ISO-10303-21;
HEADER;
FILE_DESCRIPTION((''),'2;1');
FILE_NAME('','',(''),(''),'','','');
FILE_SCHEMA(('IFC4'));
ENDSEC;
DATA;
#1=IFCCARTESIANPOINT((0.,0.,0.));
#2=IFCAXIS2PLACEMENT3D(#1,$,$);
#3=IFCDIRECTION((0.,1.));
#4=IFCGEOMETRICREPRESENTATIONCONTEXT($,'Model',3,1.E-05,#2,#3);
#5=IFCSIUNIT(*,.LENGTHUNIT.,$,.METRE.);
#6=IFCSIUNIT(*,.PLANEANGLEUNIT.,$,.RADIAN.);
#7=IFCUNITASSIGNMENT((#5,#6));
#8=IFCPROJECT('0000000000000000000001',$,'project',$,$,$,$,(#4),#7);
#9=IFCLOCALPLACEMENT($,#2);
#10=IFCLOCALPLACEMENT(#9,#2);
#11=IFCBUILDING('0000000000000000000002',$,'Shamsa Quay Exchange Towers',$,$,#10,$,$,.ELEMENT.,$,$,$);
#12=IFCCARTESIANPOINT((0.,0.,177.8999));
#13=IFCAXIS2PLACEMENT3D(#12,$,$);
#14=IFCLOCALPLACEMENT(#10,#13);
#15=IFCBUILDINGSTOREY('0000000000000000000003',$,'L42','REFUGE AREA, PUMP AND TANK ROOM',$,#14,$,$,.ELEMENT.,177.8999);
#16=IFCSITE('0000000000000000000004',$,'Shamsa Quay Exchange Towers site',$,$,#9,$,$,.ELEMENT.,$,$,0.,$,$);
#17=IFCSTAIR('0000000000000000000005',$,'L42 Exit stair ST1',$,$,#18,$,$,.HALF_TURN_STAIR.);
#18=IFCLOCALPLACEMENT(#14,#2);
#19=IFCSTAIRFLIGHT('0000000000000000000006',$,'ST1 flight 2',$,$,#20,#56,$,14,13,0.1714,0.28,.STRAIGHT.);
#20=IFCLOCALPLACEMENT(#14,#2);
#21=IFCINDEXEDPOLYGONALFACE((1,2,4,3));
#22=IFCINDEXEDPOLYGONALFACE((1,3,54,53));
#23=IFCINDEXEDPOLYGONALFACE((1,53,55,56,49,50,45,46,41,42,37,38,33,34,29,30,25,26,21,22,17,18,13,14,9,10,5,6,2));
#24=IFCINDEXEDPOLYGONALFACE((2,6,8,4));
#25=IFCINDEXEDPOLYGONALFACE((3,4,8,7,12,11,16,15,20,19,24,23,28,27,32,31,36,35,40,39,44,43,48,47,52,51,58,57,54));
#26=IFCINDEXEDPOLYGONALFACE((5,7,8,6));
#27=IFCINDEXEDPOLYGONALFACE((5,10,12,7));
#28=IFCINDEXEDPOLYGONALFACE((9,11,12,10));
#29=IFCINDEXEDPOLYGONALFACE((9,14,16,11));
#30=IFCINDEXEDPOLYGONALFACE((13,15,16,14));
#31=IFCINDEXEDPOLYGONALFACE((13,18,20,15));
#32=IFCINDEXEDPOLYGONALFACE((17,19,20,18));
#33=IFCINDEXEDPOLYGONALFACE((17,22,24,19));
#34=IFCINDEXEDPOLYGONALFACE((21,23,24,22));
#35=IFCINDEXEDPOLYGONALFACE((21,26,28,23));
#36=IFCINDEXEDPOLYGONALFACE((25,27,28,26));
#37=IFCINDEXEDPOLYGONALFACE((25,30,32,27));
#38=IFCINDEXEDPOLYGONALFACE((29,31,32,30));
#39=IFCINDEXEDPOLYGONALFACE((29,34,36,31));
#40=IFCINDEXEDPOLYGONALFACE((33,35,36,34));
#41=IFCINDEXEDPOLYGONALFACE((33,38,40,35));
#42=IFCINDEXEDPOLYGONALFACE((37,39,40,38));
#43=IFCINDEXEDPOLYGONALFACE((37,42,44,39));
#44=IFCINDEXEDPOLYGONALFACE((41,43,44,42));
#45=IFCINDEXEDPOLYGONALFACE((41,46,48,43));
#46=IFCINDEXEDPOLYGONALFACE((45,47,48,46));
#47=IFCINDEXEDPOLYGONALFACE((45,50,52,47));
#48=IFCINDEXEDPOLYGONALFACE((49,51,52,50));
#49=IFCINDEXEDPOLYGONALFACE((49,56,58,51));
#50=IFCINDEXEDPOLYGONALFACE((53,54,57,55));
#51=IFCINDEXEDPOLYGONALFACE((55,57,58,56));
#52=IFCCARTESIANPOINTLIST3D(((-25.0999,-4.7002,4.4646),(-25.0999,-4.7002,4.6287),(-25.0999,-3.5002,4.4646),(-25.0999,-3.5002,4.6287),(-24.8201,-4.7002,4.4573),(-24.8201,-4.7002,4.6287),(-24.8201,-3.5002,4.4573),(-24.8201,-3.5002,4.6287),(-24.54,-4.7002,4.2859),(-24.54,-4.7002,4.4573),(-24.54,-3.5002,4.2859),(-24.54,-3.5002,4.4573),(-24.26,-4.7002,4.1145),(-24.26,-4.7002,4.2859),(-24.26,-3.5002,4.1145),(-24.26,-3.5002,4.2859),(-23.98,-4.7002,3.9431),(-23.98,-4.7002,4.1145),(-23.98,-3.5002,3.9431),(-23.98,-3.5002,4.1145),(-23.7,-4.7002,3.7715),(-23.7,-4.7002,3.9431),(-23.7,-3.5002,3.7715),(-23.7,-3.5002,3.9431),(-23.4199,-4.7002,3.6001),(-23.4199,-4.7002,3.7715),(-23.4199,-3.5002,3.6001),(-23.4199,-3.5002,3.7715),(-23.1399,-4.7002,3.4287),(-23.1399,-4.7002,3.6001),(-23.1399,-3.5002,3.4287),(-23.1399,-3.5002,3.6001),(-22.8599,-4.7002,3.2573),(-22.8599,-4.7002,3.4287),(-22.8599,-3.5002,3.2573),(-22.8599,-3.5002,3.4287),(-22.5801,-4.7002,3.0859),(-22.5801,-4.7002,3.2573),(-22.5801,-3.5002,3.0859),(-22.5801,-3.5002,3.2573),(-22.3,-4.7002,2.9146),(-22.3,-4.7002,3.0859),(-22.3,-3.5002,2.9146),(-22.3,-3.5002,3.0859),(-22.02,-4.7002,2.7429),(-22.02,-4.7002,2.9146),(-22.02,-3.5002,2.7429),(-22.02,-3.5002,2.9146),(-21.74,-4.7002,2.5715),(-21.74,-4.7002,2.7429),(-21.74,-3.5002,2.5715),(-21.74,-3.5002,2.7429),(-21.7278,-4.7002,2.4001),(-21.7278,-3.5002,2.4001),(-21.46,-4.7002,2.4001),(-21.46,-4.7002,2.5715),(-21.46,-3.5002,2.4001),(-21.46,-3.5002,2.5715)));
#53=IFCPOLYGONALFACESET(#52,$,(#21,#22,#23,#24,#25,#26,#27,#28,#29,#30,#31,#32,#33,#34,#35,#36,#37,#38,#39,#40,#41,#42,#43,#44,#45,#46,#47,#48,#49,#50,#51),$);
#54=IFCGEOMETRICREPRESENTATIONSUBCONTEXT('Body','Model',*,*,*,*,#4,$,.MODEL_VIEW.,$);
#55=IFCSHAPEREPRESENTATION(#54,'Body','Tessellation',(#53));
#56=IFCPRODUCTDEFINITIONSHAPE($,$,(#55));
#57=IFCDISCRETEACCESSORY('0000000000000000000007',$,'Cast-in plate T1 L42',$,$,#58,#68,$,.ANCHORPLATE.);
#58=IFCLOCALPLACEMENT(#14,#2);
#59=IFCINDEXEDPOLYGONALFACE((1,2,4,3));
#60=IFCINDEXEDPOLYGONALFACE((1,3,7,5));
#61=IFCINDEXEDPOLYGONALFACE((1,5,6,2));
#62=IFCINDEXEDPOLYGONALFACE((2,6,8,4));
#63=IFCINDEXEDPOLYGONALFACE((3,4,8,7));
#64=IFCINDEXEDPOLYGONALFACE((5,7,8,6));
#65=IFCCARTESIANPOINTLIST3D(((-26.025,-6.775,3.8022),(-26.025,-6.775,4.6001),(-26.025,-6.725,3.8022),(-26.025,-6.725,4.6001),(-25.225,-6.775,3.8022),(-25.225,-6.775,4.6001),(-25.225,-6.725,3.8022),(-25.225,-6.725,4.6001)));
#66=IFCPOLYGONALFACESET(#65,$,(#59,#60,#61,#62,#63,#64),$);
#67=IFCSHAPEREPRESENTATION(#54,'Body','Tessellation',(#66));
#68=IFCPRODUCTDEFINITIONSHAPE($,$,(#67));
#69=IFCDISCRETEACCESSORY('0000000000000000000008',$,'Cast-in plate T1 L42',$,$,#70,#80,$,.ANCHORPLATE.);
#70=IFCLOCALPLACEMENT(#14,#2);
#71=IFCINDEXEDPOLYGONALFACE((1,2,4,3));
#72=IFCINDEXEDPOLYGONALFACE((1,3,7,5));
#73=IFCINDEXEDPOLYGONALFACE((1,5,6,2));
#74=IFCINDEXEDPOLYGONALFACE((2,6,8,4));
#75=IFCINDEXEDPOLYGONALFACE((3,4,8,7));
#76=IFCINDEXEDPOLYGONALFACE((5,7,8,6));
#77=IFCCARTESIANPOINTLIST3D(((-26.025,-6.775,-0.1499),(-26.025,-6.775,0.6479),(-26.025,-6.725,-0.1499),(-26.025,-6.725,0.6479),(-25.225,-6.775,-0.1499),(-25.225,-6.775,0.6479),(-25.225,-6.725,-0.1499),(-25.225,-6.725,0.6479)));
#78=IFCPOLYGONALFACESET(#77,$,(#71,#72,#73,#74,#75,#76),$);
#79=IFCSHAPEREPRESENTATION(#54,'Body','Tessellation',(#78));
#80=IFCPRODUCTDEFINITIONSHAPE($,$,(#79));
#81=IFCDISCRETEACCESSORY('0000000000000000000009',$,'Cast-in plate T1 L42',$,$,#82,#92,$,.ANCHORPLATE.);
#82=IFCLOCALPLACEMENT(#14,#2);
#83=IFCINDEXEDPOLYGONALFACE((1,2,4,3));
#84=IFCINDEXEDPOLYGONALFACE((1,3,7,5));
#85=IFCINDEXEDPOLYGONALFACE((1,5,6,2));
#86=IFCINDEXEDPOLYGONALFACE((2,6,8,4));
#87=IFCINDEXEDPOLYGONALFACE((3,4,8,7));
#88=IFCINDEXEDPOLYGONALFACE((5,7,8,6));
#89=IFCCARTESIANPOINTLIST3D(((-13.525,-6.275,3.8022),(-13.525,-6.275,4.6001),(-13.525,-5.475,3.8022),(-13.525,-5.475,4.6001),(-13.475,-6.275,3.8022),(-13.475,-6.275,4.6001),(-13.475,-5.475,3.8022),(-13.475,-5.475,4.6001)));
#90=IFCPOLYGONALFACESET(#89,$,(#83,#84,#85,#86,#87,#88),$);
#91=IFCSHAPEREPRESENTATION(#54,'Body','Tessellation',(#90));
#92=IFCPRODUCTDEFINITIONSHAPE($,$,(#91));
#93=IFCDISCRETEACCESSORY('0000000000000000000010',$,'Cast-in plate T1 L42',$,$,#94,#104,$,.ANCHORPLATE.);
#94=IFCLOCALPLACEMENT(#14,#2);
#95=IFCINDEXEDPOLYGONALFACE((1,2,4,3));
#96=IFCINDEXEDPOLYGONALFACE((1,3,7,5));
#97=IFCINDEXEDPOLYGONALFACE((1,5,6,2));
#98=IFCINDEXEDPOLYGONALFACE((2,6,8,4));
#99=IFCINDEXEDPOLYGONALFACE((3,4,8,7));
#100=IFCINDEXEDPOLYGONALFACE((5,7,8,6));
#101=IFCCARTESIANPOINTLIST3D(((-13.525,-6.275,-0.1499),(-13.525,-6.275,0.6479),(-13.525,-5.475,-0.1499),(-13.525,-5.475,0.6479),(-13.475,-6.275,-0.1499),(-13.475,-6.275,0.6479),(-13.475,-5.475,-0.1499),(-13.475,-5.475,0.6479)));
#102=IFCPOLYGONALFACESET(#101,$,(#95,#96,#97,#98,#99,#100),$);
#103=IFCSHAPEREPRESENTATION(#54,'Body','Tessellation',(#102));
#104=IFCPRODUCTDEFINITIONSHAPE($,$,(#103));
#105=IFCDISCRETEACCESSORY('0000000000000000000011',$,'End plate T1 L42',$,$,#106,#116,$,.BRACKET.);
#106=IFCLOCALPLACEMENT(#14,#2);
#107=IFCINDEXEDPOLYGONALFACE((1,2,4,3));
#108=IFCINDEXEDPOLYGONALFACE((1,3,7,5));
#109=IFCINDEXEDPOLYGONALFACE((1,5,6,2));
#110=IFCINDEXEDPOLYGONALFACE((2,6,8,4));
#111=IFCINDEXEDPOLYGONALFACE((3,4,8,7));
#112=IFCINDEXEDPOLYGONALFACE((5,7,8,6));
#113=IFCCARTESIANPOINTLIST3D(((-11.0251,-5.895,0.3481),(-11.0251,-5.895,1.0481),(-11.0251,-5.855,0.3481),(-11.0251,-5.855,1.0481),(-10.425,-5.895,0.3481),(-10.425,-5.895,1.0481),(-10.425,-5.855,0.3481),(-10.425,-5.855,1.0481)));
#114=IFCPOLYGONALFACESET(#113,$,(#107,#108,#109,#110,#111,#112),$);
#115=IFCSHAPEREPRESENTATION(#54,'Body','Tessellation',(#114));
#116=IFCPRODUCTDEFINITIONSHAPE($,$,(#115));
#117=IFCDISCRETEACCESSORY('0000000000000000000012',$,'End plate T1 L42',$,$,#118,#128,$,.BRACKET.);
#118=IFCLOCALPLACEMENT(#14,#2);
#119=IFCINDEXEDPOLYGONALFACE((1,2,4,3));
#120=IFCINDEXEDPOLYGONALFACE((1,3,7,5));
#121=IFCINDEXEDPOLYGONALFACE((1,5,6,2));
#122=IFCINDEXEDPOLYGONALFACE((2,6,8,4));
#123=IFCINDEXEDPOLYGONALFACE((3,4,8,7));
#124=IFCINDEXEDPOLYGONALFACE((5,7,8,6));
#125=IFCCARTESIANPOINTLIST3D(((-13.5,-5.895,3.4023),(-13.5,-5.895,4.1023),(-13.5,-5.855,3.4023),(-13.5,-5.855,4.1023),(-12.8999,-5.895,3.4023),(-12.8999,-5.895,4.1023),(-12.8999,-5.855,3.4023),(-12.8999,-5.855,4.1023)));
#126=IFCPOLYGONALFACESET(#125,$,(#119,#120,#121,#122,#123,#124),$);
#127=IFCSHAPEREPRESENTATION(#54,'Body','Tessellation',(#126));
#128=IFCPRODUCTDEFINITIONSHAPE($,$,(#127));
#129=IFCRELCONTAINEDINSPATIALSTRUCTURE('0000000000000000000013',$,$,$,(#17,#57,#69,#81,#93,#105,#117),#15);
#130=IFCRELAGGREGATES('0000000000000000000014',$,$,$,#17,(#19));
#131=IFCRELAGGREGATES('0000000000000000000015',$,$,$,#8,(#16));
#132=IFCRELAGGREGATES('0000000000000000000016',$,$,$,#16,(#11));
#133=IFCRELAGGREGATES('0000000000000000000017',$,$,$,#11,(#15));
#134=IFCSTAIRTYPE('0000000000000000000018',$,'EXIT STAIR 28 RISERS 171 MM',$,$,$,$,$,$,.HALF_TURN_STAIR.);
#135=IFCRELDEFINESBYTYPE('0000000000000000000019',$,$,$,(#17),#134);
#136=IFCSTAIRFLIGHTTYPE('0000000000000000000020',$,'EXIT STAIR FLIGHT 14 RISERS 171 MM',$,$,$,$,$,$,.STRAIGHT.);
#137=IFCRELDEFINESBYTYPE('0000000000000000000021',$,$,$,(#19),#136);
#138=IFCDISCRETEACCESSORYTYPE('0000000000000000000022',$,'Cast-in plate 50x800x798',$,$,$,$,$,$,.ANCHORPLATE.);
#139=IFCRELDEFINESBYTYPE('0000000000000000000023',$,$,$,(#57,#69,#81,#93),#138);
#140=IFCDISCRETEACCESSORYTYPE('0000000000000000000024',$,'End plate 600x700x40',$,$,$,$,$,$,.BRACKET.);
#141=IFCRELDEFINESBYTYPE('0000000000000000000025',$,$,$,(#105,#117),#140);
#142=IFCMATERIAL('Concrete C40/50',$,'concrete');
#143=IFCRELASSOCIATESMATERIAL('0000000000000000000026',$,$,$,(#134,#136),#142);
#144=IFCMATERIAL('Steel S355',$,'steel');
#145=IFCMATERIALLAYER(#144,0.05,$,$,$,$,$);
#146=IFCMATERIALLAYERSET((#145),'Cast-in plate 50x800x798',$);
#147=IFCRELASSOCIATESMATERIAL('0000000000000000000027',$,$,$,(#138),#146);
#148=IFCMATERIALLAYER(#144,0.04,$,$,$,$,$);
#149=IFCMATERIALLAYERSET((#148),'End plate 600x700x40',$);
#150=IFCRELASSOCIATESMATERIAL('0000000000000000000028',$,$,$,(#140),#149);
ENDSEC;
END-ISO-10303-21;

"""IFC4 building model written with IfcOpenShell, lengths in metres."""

from ifc_helpers import new_model, si_unit, direction, frame, origin, origin_2d, place, context, subcontext, project, spatial, polyline, rectangle, outline, extrude, material, layer, layer_set, type_object, element, aggregate, save


model = new_model("IFC4")

# Units and contexts
model_context = context("Model", 3, precision=1e-05, world=origin(), true_north=direction((0.0, 1.0)))
body_context = subcontext(model_context, "Body", "Model", "MODEL_VIEW")
ifc_project = project(units=[si_unit("LENGTHUNIT", "METRE"), si_unit("PLANEANGLEUNIT", "RADIAN")], contexts=[model_context])

# Site, building, storey
site_placement = place(None, origin())
site = spatial("IfcSite", under=ifc_project, at=site_placement, Name="Shamsa Quay Exchange Towers site", CompositionType="ELEMENT", RefElevation=0.0)
building_placement = place(site_placement, origin())
building = spatial("IfcBuilding", under=site, at=building_placement, Name="Shamsa Quay Exchange Towers", CompositionType="ELEMENT")
storey_placement = place(building_placement, frame((0.0, 0.0, 177.8999)))
storey = spatial("IfcBuildingStorey", under=building, at=storey_placement, Name="L42", Description="REFUGE AREA, PUMP AND TANK ROOM", CompositionType="ELEMENT", Elevation=177.8999)

# Shared definitions
ifc_material_1 = material(Name="Steel S355", Category="steel")

# Stair, stair flight
ifc_material_2 = material(Name="Concrete C40/50", Category="concrete")
stair_type = type_object("IfcStairType", Name="EXIT STAIR 28 RISERS 171 MM", PredefinedType="HALF_TURN_STAIR", material=ifc_material_2)
stair_placement = place(storey_placement, origin())
stair = element("IfcStair", 1, at=stair_placement, inside=storey, type_object=stair_type, Name="L42 Exit stair ST1", PredefinedType="HALF_TURN_STAIR")
stair_flight_type = type_object("IfcStairFlightType", Name="EXIT STAIR FLIGHT 14 RISERS 171 MM", PredefinedType="STRAIGHT", material=ifc_material_2)
stair_flight_1_placement = place(storey_placement, frame((-21.46, -4.1001, 2.4001), z_axis=(0.0, 0.0, 1.0), x_axis=(-1.0, 0.0, 0.0)))
stair_flight_1 = element("IfcStairFlight", 2, at=stair_flight_1_placement, type_object=stair_flight_type, Name="ST1 flight 2", NumberOfRisers=14, NumberOfTreads=13, PredefinedType="STRAIGHT", RiserHeight=0.1714, TreadLength=0.28, context=body_context, shape_type="SweptSolid", body=[
    extrude(outline(polyline([(0.0, 0.0), (0.0, 0.1714), (0.28, 0.1714), (0.28, 0.3428), (0.5601, 0.3428), (0.5601, 0.5144), (0.8401, 0.5144), (0.8401, 0.6858), (1.1201, 0.6858), (1.1201, 0.8572), (1.3999, 0.8572), (1.3999, 1.0286), (1.6799, 1.0286), (1.6799, 1.2), (1.96, 1.2), (1.96, 1.3713), (2.24, 1.3713), (2.24, 1.543), (2.52, 1.543), (2.52, 1.7144), (2.8, 1.7144), (2.8, 1.8857), (3.0801, 1.8857), (3.0801, 2.0571), (3.3601, 2.0571), (3.3601, 2.2285), (3.6399, 2.2285), (3.6399, 2.3999), (3.6399, 2.0645), (0.2678, 0.0), (0.0, 0.0)])), frame((0.0, 0.6001, 0.0), z_axis=(0.0, -1.0, 0.0), x_axis=(1.0, 0.0, 0.0)), (0.0, 0.0, 1.0), 1.2),
])
aggregate(stair, [stair_flight_1])

# Discrete accessories
ifc_layer_1 = layer(ifc_material_1, 0.05)
ifc_layer_set_1 = layer_set([ifc_layer_1], Name="Cast-in plate 50x800x798")
discrete_accessory_type_1 = type_object("IfcDiscreteAccessoryType", Name="Cast-in plate 50x800x798", PredefinedType="ANCHORPLATE", material=ifc_layer_set_1)
for number, where, z_axis, x_axis, name in (
    (3, (-25.625, -6.75, 3.8022), (0.0, 0.0, 1.0), (0.0, 1.0, 0.0), "Cast-in plate T1 L42"),
    (4, (-25.625, -6.75, -0.1499), (0.0, 0.0, 1.0), (0.0, 1.0, 0.0), "Cast-in plate T1 L42"),
    (5, (-13.5, -5.875, 3.8022), (0.0, 0.0, 1.0), (-1.0, 0.0, 0.0), "Cast-in plate T1 L42"),
    (6, (-13.5, -5.875, -0.1499), (0.0, 0.0, 1.0), (-1.0, 0.0, 0.0), "Cast-in plate T1 L42"),
):
    element("IfcDiscreteAccessory", number, at=place(storey_placement, frame(where, z_axis=z_axis, x_axis=x_axis)), inside=storey, type_object=discrete_accessory_type_1, Name=name, PredefinedType="ANCHORPLATE", context=body_context, shape_type="SweptSolid", body=[
        extrude(rectangle(XDim=0.05, YDim=0.8, at=origin_2d()), origin(), (0.0, 0.0, 1.0), 0.7979),
    ])
ifc_layer_2 = layer(ifc_material_1, 0.04)
ifc_layer_set_2 = layer_set([ifc_layer_2], Name="End plate 600x700x40")
discrete_accessory_type_2 = type_object("IfcDiscreteAccessoryType", Name="End plate 600x700x40", PredefinedType="BRACKET", material=ifc_layer_set_2)
for number, where, z_axis, x_axis, name in (
    (7, (-10.7251, -5.875, 0.3481), (0.0, 0.0, 1.0), (-1.0, 0.0, 0.0), "End plate T1 L42"),
    (8, (-13.2, -5.875, 3.4023), (0.0, 0.0, 1.0), (-1.0, 0.0, 0.0), "End plate T1 L42"),
):
    element("IfcDiscreteAccessory", number, at=place(storey_placement, frame(where, z_axis=z_axis, x_axis=x_axis)), inside=storey, type_object=discrete_accessory_type_2, Name=name, PredefinedType="BRACKET", context=body_context, shape_type="SweptSolid", body=[
        extrude(rectangle(XDim=0.6001, YDim=0.04, at=origin_2d()), origin(), (0.0, 0.0, 1.0), 0.7),
    ])

save(model, "model.ifc")
